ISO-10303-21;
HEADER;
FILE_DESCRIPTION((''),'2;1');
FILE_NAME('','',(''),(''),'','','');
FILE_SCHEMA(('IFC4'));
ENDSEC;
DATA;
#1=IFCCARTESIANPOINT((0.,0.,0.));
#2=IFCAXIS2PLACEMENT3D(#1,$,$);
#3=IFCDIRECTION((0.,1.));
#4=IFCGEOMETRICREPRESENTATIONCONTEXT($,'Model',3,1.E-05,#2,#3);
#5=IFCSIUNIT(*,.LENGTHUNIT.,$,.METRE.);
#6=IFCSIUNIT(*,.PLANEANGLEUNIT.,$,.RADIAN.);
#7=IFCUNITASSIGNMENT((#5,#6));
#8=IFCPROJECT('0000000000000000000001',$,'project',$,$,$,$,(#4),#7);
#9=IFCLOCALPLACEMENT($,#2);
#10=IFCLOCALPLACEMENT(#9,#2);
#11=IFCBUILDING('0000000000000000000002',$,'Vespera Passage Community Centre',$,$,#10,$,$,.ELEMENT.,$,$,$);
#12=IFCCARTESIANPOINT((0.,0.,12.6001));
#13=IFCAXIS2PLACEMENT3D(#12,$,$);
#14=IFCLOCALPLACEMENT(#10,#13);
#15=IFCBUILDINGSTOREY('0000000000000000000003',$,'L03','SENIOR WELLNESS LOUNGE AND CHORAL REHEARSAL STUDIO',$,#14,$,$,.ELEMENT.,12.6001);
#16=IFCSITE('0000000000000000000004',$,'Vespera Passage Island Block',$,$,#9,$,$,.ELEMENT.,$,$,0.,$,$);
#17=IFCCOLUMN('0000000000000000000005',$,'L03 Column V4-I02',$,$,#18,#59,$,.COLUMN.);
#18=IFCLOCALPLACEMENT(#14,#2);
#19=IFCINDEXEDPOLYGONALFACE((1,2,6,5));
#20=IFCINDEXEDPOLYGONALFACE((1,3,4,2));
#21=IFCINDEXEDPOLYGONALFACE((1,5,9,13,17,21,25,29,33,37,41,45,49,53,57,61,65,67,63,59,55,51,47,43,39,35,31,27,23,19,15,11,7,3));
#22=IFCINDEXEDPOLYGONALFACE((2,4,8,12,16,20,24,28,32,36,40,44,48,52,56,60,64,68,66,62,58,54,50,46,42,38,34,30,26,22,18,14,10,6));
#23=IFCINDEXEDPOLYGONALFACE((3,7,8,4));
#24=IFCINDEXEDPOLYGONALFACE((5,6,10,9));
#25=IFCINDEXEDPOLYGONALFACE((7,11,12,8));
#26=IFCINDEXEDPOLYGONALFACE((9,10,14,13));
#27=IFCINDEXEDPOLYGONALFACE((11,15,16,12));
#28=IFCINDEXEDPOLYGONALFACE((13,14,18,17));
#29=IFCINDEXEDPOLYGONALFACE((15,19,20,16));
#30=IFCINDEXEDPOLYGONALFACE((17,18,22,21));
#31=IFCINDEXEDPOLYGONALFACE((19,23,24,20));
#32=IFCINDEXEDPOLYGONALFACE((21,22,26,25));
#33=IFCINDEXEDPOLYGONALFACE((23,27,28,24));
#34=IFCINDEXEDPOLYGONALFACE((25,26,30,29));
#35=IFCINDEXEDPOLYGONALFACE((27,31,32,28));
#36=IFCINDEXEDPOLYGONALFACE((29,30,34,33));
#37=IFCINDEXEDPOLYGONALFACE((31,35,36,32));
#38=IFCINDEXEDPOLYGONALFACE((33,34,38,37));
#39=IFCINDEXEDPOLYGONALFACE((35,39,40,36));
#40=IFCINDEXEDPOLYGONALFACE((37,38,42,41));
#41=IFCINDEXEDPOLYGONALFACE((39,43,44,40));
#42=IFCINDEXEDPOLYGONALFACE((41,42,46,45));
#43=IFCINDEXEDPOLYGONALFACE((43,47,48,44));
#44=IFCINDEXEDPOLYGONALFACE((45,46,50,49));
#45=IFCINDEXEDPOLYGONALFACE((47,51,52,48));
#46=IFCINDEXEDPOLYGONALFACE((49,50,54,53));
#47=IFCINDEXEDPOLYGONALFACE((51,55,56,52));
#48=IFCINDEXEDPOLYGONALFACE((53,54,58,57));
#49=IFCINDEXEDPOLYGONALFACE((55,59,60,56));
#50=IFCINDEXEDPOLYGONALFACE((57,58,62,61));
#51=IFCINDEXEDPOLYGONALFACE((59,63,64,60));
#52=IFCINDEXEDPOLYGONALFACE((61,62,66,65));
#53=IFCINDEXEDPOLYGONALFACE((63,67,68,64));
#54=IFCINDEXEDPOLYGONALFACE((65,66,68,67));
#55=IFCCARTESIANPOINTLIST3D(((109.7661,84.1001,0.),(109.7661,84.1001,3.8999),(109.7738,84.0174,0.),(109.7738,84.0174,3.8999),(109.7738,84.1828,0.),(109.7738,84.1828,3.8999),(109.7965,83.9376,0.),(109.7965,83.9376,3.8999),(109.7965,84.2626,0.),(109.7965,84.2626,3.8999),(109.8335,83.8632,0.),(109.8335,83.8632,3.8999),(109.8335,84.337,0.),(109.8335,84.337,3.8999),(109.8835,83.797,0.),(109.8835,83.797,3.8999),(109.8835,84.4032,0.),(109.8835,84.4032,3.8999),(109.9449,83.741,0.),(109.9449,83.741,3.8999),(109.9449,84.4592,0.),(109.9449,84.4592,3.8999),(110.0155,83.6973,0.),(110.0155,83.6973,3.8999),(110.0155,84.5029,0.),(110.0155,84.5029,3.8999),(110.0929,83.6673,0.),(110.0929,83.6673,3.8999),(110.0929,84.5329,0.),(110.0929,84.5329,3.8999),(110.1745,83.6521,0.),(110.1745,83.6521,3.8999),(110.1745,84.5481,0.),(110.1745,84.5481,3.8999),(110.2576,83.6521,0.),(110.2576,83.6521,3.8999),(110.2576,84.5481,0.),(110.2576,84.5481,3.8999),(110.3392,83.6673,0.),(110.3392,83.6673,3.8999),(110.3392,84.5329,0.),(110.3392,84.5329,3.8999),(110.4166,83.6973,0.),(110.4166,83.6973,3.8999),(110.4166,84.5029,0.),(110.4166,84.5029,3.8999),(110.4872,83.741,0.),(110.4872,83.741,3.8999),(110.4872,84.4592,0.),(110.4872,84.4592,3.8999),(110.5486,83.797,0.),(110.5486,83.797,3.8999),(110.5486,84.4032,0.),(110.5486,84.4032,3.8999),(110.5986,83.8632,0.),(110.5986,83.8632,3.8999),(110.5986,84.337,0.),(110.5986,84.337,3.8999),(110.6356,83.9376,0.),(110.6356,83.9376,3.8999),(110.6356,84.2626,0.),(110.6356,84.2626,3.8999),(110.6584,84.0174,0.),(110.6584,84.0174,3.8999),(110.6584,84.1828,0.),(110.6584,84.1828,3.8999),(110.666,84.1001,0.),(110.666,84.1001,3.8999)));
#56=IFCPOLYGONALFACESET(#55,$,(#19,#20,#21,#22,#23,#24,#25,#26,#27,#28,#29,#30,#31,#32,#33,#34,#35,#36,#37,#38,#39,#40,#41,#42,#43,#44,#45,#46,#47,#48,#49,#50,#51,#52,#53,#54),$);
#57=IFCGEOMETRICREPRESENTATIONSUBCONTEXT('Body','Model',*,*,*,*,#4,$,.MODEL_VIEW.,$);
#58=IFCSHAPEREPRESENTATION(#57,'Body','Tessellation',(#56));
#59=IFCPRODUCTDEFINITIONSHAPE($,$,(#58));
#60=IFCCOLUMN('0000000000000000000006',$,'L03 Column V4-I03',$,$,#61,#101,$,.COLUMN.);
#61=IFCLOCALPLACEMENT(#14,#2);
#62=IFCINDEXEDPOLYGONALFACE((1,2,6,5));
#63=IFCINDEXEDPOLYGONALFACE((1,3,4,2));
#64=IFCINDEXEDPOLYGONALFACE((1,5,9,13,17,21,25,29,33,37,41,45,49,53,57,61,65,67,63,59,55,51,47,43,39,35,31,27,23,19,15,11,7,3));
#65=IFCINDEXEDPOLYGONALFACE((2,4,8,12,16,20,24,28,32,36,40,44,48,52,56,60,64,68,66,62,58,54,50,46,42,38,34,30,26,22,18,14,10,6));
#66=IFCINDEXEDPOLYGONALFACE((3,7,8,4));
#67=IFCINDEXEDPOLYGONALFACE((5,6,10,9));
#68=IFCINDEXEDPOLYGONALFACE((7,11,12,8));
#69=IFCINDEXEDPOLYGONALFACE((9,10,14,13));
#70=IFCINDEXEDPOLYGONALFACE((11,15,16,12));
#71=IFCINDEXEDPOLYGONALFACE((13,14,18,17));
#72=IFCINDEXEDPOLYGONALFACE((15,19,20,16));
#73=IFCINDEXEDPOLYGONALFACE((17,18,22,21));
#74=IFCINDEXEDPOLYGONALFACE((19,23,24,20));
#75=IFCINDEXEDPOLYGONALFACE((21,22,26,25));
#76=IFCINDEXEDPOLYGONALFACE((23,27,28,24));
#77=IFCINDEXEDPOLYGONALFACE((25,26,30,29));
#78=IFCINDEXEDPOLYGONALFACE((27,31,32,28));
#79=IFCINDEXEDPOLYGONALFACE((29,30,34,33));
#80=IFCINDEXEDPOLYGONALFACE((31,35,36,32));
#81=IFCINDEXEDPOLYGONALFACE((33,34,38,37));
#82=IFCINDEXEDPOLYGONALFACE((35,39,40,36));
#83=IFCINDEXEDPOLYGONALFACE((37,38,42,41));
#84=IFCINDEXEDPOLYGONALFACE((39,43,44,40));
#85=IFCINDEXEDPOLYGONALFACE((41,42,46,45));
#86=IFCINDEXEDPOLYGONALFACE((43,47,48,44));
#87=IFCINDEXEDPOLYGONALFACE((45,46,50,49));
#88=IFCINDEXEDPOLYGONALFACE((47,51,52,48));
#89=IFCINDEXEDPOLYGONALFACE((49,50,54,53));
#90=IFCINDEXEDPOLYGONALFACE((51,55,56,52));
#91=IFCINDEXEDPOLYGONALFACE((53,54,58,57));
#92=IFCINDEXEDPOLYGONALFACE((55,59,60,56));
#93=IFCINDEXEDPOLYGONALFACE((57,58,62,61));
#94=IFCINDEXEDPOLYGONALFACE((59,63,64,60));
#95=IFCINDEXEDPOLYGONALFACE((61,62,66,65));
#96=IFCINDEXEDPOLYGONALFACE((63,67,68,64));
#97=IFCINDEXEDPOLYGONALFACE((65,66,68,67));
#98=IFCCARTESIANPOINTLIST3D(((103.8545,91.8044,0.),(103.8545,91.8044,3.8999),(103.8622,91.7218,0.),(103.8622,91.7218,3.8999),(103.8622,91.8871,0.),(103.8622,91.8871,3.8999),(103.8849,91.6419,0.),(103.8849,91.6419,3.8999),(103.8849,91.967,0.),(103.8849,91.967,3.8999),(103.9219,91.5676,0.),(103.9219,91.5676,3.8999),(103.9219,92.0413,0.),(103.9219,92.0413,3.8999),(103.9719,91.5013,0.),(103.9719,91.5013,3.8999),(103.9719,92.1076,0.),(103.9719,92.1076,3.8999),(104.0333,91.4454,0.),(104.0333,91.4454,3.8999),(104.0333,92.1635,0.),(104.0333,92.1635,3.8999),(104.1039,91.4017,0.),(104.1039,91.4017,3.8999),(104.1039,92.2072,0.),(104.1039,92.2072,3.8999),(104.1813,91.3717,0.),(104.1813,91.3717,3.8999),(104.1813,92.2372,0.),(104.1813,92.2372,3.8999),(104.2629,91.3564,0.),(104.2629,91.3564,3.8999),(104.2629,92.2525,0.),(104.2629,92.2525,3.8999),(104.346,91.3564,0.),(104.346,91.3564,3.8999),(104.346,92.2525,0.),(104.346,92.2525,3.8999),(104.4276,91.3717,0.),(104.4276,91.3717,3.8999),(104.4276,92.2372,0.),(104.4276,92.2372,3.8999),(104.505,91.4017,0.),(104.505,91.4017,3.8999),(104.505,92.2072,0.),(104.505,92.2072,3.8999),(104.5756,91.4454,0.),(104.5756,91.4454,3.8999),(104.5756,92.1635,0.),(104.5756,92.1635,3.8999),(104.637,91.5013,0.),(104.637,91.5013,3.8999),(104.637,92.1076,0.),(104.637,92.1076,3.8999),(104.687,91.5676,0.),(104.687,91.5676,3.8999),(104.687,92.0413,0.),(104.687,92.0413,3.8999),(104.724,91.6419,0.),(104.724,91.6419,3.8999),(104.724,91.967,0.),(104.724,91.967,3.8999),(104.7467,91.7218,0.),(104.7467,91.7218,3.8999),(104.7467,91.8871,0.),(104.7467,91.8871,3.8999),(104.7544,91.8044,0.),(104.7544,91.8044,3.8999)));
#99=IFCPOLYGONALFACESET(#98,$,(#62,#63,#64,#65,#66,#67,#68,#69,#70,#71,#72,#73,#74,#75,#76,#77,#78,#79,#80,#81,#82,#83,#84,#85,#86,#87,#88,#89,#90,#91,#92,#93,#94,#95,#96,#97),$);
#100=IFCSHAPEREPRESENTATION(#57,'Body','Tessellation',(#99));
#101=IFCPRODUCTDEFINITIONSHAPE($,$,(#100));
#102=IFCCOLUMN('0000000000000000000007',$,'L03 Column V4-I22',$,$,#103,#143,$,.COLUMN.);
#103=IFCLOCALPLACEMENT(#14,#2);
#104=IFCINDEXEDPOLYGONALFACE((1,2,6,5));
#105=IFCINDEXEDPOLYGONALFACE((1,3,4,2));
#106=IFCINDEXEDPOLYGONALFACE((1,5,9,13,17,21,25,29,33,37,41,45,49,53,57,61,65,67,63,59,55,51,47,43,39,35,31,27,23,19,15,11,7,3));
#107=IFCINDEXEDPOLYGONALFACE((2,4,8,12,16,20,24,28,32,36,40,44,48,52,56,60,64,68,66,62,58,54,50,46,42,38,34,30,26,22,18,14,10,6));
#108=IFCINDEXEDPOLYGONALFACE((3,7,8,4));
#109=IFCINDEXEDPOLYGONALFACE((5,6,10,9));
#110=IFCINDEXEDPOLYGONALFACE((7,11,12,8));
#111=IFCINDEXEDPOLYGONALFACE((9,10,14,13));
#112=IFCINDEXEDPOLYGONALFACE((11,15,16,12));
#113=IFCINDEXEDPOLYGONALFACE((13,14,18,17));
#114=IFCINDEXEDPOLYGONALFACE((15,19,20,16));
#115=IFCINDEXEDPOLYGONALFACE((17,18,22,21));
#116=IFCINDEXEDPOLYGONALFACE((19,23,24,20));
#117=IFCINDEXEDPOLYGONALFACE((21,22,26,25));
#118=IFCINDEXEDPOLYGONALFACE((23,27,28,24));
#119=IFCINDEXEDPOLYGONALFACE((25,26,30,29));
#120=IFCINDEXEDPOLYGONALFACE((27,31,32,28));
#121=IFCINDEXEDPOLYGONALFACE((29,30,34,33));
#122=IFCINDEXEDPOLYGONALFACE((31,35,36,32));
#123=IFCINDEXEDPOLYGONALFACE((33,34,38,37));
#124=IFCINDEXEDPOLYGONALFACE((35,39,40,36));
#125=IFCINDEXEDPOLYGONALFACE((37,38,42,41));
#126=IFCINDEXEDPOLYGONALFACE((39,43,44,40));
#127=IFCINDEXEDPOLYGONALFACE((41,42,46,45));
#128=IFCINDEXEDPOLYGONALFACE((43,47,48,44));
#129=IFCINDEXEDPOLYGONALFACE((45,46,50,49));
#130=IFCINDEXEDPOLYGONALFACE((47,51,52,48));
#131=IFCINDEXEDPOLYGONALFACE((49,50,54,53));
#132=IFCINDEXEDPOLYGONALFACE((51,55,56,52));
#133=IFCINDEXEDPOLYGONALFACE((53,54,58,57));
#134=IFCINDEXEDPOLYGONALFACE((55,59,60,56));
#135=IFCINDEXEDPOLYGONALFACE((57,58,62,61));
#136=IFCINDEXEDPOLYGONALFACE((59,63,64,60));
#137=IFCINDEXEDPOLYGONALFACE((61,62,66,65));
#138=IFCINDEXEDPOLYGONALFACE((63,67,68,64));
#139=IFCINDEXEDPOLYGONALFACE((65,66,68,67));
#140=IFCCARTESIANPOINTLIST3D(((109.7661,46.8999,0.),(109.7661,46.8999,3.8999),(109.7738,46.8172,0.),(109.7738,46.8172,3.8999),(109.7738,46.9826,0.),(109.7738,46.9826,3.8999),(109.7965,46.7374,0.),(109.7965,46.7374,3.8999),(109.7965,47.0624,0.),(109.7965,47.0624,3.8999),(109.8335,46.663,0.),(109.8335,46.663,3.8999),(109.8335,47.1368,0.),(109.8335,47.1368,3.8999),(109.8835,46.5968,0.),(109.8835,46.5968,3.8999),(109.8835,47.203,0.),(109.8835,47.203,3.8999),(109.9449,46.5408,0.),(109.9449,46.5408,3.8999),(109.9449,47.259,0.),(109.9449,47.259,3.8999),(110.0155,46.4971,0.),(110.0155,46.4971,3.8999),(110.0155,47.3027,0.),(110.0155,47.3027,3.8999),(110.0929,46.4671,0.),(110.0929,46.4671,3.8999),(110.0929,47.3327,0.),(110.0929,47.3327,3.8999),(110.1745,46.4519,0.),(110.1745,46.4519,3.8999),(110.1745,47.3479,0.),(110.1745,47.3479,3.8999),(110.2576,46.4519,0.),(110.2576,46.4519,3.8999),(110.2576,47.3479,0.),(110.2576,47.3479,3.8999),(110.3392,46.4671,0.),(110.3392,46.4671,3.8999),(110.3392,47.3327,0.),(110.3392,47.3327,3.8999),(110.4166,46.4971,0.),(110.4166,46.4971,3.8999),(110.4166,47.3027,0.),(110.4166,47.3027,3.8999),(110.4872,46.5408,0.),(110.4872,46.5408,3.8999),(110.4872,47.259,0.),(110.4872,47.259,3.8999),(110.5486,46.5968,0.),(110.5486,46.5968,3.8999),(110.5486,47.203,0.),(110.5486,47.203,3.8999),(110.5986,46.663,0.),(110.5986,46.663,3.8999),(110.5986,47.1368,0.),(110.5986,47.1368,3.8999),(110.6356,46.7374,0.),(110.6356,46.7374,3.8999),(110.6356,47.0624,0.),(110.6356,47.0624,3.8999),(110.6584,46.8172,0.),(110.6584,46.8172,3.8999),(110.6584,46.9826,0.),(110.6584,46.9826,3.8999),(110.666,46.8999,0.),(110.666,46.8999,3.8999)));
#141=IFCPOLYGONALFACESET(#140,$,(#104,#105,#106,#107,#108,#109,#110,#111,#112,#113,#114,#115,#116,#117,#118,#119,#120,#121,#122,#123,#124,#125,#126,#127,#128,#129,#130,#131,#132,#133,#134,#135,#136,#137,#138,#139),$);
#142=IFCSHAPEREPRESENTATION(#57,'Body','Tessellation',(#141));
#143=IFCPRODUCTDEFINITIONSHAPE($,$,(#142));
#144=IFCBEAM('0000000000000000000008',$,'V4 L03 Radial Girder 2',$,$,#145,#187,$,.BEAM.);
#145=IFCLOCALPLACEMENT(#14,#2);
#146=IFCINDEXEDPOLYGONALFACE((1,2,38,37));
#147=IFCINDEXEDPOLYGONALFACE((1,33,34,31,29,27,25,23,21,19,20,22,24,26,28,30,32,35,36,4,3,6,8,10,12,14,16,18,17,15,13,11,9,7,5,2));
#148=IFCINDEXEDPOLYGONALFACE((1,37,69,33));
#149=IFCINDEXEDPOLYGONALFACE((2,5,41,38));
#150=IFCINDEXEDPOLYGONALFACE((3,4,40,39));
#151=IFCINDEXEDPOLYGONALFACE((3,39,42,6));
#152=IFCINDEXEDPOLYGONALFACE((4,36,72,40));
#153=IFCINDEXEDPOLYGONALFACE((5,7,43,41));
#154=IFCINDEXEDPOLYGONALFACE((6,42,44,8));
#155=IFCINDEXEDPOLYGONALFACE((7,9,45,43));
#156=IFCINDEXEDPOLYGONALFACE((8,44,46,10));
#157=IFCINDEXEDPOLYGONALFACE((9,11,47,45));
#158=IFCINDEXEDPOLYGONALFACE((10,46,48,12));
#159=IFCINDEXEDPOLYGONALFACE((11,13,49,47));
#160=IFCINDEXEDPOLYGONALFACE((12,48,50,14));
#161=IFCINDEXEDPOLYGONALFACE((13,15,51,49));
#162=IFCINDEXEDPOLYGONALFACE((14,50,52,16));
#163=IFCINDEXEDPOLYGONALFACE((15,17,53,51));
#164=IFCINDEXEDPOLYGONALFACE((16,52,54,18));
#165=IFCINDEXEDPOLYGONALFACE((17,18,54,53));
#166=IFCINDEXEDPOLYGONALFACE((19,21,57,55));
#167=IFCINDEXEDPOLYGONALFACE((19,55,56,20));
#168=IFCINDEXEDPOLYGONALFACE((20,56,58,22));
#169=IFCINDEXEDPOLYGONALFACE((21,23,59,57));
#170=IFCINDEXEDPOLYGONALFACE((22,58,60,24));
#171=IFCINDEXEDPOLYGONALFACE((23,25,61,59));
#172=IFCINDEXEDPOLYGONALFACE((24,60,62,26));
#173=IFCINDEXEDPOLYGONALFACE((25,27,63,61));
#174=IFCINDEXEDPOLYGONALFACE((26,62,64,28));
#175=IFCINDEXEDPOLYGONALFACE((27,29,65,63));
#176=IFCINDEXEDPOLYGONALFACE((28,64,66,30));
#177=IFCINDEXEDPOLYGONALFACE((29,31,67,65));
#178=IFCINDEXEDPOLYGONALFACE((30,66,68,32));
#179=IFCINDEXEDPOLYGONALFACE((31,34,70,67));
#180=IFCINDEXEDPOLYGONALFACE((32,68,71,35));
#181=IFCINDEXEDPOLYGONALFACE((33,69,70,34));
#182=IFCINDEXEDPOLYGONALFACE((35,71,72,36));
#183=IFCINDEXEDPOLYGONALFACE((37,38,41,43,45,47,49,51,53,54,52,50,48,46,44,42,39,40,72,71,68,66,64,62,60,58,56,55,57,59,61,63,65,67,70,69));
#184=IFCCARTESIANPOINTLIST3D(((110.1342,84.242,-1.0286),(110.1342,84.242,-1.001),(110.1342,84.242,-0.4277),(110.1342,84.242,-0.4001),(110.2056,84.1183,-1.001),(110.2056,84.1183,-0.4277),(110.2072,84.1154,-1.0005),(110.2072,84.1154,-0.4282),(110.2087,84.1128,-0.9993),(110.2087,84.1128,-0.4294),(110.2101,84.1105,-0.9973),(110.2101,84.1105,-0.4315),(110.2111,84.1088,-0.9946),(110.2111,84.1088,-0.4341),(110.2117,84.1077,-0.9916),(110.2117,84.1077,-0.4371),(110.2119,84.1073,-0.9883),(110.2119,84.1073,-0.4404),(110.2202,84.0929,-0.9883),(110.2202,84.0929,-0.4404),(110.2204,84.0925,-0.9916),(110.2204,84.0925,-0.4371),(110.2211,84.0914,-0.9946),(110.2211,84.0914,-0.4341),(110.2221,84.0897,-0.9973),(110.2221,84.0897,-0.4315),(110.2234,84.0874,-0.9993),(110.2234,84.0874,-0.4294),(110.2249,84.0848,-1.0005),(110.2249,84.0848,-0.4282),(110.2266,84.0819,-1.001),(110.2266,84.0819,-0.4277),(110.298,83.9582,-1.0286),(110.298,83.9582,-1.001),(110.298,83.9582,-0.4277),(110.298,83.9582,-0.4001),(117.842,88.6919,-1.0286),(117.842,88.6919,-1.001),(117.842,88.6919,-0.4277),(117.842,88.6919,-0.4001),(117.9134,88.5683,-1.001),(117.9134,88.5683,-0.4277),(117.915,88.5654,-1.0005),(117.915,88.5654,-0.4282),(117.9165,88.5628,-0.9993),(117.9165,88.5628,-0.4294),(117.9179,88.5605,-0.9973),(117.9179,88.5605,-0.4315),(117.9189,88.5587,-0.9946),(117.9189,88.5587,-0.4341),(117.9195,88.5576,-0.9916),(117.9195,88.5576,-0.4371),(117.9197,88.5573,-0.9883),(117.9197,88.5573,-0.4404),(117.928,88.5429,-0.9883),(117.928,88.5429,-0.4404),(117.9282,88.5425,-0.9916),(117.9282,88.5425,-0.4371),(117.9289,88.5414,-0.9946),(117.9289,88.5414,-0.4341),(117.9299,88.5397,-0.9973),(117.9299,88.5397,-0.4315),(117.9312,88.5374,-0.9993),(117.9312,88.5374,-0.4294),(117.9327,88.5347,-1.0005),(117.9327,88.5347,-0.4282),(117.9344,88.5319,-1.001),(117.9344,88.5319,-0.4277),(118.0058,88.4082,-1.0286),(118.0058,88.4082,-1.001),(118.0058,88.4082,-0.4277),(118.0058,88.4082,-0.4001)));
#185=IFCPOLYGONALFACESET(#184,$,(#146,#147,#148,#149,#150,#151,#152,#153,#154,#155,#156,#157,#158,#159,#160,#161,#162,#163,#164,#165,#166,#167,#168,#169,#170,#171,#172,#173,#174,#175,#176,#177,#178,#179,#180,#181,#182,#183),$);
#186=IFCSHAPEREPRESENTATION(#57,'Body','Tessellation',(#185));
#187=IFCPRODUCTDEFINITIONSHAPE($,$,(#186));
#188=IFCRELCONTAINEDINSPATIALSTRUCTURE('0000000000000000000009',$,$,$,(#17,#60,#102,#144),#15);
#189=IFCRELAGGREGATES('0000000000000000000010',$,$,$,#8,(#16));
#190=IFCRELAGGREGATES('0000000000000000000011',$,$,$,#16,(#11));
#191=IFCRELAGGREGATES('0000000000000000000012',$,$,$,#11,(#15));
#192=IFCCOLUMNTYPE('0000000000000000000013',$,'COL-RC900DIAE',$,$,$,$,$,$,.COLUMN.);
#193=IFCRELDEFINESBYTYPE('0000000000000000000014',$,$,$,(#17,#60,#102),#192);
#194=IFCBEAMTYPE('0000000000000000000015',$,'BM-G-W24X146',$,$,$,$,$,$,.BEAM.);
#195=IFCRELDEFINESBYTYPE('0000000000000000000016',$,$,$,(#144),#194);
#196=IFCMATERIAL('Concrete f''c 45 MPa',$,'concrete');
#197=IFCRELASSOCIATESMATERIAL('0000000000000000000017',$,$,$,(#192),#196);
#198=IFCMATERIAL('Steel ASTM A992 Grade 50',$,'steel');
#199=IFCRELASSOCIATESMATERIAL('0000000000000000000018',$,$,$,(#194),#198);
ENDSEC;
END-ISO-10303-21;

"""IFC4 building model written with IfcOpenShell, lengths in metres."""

from ifc_helpers import new_model, si_unit, direction, frame, origin, origin_2d, place, context, subcontext, project, spatial, circle, i_section, extrude, material, material_profile, profile_set, type_object, element, save


model = new_model("IFC4")

# Units and contexts
model_context = context("Model", 3, precision=1e-05, world=origin(), true_north=direction((0.0, 1.0)))
body_context = subcontext(model_context, "Body", "Model", "MODEL_VIEW")
ifc_project = project(units=[si_unit("LENGTHUNIT", "METRE"), si_unit("PLANEANGLEUNIT", "RADIAN")], contexts=[model_context])

# Site, building, storey
site_placement = place(None, origin())
site = spatial("IfcSite", under=ifc_project, at=site_placement, Name="Vespera Passage Island Block", CompositionType="ELEMENT", RefElevation=0.0)
building_placement = place(site_placement, origin())
building = spatial("IfcBuilding", under=site, at=building_placement, Name="Vespera Passage Community Centre", CompositionType="ELEMENT")
storey_placement = place(building_placement, frame((0.0, 0.0, 12.6001)))
storey = spatial("IfcBuildingStorey", under=building, at=storey_placement, Name="L03", Description="SENIOR WELLNESS LOUNGE AND CHORAL REHEARSAL STUDIO", CompositionType="ELEMENT", Elevation=12.6001)

# Columns
ifc_material_1 = material(Name="Concrete f'c 45 MPa", Category="concrete")
ifc_material_profile_1 = material_profile(ifc_material_1, circle(Radius=0.45, at=origin_2d()), Name="RC900DIA")
ifc_profile_set_1 = profile_set([ifc_material_profile_1], Name="Concrete f'c 45 MPa")
column_type = type_object("IfcColumnType", Name="COL-RC900DIAE", PredefinedType="COLUMN", material=ifc_profile_set_1)
for number, where, z_axis, x_axis, name in (
    (1, (110.2161, 84.1001, 0.0), (0.0, 0.0, 1.0), (1.0, 0.0, 0.0), "L03 Column V4-I02"),
    (2, (104.3044, 91.8044, 0.0), (0.0, 0.0, 1.0), (1.0, 0.0, 0.0), "L03 Column V4-I03"),
    (3, (110.2161, 46.8999, 0.0), (0.0, 0.0, 1.0), (1.0, 0.0, 0.0), "L03 Column V4-I22"),
):
    element("IfcColumn", number, at=place(storey_placement, frame(where, z_axis=z_axis, x_axis=x_axis)), inside=storey, type_object=column_type, Name=name, PredefinedType="COLUMN", context=body_context, shape_type="SweptSolid", body=[
        extrude(circle(Radius=0.45, at=origin_2d()), origin(), (0.0, 0.0, 1.0), 3.8999),
    ])

# Beam
ifc_material_2 = material(Name="Steel ASTM A992 Grade 50", Category="steel")
ifc_material_profile_2 = material_profile(ifc_material_2, i_section(OverallWidth=0.3276, OverallDepth=0.6284, WebThickness=0.0166, FlangeThickness=0.0276, FilletRadius=0.0127, at=origin_2d()), Name="W24X146")
ifc_profile_set_2 = profile_set([ifc_material_profile_2], Name="Steel ASTM A992 Grade 50")
beam_type_1 = type_object("IfcBeamType", Name="BM-G-W24X146", PredefinedType="BEAM", material=ifc_profile_set_2)
beam_1_placement = place(storey_placement, frame((110.2161, 84.1001, -0.7144), z_axis=(0.866032, 0.499989, 0.0), x_axis=(-0.499989, 0.866032, 0.0)))
element("IfcBeam", 4, at=beam_1_placement, inside=storey, type_object=beam_type_1, Name="V4 L03 Radial Girder 2", PredefinedType="BEAM", context=body_context, shape_type="SweptSolid", body=[
    extrude(i_section(OverallWidth=0.3276, OverallDepth=0.6284, WebThickness=0.0166, FlangeThickness=0.0276, FilletRadius=0.0127, at=origin_2d()), origin(), (0.0, 0.0, 1.0), 8.9001),
])

save(model, "model.ifc")
